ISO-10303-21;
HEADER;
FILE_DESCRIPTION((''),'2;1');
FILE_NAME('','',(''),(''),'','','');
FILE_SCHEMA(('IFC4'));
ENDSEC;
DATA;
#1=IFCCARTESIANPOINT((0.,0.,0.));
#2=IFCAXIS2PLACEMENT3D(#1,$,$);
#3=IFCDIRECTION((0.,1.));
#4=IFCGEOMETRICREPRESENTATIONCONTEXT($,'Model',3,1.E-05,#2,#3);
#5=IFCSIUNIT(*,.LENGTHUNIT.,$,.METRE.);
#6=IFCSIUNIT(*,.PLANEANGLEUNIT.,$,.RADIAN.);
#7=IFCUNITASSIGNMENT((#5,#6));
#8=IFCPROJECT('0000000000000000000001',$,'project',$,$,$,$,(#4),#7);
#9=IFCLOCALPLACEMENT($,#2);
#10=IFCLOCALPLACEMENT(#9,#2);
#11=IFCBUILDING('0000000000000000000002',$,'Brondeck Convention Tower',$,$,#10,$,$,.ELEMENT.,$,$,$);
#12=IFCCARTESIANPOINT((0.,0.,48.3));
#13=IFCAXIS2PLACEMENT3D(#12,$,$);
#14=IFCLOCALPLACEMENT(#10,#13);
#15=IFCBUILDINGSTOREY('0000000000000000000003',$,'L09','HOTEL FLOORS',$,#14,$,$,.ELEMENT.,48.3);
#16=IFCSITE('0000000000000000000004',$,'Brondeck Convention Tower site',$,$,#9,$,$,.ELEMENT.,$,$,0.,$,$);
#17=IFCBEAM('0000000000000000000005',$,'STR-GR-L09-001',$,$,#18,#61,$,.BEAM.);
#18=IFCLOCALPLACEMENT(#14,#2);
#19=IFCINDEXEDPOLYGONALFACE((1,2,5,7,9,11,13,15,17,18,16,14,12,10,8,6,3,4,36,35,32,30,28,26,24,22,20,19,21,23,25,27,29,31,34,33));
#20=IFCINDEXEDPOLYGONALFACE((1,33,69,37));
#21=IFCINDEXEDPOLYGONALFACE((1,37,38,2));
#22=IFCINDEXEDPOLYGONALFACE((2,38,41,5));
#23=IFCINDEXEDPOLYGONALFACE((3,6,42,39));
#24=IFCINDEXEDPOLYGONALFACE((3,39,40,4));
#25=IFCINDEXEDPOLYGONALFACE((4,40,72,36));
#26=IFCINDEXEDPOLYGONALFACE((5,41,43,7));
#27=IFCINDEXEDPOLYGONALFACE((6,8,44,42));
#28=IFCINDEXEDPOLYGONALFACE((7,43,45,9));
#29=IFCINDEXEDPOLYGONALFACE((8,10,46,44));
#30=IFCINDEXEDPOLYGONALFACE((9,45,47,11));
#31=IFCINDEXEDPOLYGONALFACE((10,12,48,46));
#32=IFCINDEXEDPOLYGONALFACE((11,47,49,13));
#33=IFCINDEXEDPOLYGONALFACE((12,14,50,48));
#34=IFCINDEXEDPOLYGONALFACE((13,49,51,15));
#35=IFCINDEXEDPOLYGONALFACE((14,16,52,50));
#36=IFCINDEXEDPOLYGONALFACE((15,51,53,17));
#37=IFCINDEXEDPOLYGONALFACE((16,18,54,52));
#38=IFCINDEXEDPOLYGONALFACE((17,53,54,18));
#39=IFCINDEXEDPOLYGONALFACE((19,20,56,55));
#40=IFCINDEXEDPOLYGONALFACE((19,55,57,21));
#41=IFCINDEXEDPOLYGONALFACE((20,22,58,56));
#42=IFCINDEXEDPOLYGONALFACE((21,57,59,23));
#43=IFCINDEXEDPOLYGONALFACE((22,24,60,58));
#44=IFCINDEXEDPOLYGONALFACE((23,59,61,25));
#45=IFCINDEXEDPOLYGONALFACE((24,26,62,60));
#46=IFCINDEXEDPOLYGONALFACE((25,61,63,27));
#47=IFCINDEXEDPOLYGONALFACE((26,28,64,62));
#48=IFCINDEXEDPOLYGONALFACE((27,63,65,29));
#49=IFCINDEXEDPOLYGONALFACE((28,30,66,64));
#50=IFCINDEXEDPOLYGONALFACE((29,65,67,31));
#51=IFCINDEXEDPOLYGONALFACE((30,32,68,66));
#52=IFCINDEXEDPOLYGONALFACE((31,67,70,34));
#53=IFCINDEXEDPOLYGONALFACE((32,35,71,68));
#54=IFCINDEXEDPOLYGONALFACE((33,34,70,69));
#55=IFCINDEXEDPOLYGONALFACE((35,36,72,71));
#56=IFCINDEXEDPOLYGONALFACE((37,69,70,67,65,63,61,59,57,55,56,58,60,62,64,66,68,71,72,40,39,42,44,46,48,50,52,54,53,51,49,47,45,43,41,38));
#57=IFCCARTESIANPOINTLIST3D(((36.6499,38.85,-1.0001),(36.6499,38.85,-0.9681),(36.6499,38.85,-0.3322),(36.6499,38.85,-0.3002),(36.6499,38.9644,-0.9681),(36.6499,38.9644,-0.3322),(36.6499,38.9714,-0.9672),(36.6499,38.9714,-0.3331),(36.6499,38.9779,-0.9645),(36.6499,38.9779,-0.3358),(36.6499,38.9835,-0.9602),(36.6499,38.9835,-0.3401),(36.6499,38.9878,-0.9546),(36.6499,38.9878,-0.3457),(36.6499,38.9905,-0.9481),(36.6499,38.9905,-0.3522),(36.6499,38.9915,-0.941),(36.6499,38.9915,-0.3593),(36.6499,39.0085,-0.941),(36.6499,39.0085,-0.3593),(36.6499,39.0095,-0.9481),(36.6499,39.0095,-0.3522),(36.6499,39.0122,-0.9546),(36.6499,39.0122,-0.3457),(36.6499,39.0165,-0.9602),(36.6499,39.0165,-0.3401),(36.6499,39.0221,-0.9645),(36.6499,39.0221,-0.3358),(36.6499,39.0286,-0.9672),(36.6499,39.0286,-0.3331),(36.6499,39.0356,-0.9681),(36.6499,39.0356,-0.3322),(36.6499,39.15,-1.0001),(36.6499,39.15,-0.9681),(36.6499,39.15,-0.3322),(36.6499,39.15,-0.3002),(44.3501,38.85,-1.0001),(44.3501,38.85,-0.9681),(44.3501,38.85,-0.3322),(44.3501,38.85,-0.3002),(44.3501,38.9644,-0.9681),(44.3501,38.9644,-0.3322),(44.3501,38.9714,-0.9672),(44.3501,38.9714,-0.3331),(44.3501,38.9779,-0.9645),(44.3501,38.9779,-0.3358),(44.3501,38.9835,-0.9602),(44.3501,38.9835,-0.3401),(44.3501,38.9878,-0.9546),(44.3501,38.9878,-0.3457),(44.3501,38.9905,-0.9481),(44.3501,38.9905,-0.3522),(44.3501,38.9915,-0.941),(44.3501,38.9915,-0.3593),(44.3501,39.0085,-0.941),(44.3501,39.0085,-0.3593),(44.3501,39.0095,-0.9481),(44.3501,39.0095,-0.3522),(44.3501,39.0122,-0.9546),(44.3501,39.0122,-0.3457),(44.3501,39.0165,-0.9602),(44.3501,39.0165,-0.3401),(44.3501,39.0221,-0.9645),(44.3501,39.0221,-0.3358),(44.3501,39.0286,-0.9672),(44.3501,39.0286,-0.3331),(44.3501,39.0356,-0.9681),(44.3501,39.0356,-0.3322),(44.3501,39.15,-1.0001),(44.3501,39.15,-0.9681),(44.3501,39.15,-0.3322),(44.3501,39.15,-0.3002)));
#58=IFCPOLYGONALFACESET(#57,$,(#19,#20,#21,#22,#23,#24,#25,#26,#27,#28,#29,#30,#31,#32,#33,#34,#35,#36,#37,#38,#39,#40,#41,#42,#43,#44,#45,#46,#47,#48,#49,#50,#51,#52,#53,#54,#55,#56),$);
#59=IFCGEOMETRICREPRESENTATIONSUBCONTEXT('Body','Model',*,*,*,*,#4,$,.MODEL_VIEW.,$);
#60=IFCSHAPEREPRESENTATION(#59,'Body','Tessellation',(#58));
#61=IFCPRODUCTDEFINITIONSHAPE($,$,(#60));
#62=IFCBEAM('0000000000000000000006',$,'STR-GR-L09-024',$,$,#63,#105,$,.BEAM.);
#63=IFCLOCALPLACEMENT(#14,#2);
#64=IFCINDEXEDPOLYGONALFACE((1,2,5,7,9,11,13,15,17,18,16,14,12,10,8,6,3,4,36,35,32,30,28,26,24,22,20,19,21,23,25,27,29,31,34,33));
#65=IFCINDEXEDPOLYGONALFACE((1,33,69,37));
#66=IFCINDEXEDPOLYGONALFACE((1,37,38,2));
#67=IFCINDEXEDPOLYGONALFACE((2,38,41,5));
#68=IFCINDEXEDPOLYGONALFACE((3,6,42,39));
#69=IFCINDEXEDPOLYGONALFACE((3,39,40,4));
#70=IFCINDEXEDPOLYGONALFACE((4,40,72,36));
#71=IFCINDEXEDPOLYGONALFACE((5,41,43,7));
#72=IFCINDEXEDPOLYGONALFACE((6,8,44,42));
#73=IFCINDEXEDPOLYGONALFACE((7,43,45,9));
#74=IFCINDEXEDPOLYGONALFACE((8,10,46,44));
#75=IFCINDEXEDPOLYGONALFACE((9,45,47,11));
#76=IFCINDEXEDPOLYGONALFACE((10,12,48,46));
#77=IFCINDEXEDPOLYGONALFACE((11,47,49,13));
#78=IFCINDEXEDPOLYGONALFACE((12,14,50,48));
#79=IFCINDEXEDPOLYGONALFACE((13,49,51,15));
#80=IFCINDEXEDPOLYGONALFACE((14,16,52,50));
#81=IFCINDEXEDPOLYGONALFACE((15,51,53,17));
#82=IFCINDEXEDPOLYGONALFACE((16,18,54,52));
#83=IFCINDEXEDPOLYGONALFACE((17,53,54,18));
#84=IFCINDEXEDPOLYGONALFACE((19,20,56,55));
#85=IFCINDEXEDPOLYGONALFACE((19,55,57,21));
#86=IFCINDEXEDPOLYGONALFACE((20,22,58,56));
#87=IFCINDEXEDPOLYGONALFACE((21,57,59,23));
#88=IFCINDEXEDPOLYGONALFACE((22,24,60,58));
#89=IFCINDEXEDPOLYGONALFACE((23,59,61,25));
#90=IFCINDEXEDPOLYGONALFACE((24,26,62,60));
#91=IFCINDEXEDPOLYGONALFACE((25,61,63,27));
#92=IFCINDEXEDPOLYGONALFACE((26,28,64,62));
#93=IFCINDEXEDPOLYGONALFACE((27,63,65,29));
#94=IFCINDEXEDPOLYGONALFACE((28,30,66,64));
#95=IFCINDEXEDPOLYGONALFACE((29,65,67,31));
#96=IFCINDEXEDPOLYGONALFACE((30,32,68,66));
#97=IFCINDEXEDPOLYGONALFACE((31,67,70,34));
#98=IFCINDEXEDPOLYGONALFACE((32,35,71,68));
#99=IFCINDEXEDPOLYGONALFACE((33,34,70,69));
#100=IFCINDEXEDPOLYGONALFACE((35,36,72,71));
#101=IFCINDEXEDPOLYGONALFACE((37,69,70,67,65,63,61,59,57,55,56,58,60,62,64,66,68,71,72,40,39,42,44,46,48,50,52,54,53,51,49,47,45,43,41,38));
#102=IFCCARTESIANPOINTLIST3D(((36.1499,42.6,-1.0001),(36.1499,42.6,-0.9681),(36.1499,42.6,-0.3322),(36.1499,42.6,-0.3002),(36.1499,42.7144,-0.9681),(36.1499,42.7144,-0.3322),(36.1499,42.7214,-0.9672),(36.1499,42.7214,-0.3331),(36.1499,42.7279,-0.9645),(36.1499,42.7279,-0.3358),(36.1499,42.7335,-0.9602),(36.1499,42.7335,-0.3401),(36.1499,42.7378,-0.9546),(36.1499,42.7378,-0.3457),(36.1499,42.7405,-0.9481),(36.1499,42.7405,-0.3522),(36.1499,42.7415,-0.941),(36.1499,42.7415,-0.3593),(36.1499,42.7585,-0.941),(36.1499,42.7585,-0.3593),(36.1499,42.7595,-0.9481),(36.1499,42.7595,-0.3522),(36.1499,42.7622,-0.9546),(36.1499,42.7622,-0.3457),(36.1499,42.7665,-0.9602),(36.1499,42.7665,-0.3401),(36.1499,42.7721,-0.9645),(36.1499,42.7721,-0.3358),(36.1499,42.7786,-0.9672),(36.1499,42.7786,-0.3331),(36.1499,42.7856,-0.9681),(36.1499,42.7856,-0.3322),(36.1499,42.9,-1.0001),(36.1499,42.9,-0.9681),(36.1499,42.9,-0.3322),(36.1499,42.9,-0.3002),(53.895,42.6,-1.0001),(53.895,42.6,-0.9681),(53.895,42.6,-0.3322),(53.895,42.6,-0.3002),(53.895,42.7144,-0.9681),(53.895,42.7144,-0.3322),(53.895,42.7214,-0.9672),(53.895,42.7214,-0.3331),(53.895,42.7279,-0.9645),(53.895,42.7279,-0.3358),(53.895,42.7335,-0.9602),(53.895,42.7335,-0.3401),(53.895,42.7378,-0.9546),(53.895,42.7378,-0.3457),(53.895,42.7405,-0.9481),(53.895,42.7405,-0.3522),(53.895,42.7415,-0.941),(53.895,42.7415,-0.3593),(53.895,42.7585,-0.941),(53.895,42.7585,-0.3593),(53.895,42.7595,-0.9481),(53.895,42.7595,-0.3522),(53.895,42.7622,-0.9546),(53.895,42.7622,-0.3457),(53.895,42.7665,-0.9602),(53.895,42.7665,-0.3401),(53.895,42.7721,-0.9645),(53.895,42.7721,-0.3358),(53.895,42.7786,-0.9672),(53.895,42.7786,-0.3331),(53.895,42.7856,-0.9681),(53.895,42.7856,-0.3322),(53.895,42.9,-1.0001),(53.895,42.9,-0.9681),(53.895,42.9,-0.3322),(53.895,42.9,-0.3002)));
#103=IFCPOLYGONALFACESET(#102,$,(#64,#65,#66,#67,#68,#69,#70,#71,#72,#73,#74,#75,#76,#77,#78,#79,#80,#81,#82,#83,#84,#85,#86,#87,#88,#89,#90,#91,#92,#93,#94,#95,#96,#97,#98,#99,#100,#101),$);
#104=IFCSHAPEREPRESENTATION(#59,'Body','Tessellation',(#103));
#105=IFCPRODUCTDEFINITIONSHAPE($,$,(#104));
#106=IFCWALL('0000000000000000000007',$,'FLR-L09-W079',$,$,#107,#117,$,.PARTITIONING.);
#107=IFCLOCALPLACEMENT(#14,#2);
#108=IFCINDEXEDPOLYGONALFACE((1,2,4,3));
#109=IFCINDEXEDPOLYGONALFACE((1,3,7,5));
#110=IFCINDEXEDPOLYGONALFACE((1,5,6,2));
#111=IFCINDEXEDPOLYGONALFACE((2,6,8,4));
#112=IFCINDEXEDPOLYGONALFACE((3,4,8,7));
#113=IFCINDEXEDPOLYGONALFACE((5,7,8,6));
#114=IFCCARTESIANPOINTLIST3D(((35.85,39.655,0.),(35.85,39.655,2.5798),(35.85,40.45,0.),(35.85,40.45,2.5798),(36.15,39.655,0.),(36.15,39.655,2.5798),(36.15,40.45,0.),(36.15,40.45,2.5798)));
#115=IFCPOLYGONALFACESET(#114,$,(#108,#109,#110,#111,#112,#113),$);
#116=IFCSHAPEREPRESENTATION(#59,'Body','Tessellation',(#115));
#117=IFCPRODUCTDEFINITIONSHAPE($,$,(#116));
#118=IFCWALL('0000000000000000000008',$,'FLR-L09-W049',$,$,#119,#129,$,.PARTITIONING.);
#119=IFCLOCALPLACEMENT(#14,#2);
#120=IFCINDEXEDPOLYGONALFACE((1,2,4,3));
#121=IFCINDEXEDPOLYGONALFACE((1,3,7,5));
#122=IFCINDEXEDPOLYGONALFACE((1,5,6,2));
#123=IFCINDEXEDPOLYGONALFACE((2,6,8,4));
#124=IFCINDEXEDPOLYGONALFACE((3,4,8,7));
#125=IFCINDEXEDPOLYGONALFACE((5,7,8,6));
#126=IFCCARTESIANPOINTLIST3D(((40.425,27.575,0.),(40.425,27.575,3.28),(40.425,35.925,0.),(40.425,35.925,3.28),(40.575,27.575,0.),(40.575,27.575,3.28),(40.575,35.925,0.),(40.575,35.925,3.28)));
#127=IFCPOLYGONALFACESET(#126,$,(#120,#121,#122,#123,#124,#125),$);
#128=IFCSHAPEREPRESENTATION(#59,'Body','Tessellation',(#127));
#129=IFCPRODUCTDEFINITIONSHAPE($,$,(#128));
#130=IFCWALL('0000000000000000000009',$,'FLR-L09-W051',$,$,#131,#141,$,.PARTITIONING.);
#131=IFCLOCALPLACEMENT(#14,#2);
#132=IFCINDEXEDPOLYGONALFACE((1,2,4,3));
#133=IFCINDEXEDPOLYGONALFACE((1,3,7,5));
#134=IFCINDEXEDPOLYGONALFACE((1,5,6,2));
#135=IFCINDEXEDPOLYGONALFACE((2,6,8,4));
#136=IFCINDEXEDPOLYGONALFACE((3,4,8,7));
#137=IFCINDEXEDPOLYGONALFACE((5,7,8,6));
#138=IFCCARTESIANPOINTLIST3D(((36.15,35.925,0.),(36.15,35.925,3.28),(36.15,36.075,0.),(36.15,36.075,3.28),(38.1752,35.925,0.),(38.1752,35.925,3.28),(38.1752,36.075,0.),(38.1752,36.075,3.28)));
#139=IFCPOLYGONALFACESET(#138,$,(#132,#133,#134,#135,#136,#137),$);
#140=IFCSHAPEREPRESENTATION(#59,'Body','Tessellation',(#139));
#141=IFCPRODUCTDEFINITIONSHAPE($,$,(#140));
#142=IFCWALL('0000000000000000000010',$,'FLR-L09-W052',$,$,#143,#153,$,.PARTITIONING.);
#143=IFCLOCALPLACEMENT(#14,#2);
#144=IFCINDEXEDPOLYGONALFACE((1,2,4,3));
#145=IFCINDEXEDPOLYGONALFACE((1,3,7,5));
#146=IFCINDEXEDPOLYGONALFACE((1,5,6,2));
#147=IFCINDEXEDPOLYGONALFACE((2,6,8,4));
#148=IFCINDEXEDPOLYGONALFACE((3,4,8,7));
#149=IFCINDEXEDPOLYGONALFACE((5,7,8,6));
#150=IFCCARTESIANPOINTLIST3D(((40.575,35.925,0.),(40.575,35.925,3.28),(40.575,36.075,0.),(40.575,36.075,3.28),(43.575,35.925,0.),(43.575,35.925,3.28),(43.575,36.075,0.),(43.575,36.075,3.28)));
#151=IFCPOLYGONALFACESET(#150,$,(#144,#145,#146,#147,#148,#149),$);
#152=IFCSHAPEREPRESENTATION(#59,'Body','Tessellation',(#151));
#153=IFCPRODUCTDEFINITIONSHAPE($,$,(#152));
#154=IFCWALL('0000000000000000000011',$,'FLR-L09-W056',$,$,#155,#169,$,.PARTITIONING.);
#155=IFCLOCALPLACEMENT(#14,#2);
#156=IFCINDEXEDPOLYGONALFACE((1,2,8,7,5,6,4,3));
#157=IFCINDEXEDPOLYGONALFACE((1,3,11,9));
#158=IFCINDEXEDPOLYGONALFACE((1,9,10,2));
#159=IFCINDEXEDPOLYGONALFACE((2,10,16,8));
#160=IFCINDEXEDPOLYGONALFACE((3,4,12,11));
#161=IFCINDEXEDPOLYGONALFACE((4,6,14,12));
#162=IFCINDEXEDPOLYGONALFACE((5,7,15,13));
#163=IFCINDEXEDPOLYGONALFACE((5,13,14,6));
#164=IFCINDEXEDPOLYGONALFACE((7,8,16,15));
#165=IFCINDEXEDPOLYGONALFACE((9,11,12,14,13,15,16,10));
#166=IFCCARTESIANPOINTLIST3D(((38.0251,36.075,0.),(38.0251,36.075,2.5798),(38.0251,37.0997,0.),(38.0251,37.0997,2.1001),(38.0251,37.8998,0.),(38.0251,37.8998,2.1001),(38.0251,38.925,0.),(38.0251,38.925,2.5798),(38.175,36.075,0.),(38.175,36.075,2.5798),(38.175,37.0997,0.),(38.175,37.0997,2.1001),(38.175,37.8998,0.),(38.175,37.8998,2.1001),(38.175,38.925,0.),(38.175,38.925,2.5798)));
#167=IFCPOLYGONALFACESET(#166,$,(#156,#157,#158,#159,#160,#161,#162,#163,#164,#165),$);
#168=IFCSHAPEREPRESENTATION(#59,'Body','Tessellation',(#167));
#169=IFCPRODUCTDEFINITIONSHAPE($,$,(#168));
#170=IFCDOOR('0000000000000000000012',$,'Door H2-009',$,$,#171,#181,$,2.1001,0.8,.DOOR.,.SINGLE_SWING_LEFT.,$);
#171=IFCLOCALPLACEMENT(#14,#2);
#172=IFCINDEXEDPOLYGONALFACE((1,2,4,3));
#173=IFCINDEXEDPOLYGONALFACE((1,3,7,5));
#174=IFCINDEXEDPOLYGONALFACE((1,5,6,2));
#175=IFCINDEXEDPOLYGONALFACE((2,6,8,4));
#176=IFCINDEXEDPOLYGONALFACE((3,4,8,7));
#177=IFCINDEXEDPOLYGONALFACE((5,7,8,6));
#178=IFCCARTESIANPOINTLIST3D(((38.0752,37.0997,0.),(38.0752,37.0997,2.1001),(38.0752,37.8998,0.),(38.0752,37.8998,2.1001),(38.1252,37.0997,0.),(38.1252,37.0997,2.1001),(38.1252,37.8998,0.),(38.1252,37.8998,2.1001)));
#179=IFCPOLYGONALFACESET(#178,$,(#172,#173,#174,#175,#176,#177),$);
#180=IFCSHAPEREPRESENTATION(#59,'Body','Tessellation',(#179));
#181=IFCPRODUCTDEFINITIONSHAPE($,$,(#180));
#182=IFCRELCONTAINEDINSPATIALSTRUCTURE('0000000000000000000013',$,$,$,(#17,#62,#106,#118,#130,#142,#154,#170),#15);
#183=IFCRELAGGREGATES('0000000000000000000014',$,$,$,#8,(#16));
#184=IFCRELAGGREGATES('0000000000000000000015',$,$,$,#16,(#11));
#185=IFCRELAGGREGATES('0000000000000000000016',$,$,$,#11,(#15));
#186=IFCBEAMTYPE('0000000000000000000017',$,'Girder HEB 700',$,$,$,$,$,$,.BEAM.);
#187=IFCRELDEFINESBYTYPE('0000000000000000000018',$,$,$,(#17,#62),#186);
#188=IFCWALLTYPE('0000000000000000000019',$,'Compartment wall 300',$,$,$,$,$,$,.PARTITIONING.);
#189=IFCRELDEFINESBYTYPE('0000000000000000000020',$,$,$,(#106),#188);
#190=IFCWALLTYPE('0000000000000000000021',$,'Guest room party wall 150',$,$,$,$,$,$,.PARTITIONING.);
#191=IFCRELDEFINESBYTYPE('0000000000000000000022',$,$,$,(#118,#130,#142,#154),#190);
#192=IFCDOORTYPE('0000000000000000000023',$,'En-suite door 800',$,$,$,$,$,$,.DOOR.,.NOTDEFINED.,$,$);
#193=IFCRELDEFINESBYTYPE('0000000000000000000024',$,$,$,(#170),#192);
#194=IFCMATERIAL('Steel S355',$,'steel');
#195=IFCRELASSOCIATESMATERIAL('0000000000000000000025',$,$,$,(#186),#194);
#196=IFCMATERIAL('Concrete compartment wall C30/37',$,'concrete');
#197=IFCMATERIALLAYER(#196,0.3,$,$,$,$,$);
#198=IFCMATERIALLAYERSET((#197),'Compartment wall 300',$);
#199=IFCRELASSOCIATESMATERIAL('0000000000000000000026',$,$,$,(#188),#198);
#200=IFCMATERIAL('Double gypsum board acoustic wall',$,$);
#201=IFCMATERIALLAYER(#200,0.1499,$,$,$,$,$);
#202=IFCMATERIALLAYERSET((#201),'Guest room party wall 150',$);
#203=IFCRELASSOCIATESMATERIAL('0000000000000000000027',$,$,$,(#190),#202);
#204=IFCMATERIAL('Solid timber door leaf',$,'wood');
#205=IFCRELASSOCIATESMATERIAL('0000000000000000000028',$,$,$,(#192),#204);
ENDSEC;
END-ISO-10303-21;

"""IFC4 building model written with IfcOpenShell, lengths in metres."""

from ifc_helpers import new_model, si_unit, direction, frame, frame_2d, origin, origin_2d, place, context, subcontext, project, spatial, rectangle, i_section, extrude, material, layer, layer_set, material_profile, profile_set, type_object, element, fill, save


model = new_model("IFC4")

# Units and contexts
model_context = context("Model", 3, precision=1e-05, world=origin(), true_north=direction((0.0, 1.0)))
body_context = subcontext(model_context, "Body", "Model", "MODEL_VIEW")
ifc_project = project(units=[si_unit("LENGTHUNIT", "METRE"), si_unit("PLANEANGLEUNIT", "RADIAN")], contexts=[model_context])

# Site, building, storey
site_placement = place(None, origin())
site = spatial("IfcSite", under=ifc_project, at=site_placement, Name="Brondeck Convention Tower site", CompositionType="ELEMENT", RefElevation=0.0)
building_placement = place(site_placement, origin())
building = spatial("IfcBuilding", under=site, at=building_placement, Name="Brondeck Convention Tower", CompositionType="ELEMENT")
storey_placement = place(building_placement, frame((0.0, 0.0, 48.3)))
storey = spatial("IfcBuildingStorey", under=building, at=storey_placement, Name="L09", Description="HOTEL FLOORS", CompositionType="ELEMENT", Elevation=48.3)

# Beams
ifc_material_1 = material(Name="Steel S355", Category="steel")
ifc_material_profile = material_profile(ifc_material_1, i_section(OverallWidth=0.3, OverallDepth=0.7, WebThickness=0.0171, FlangeThickness=0.032, FilletRadius=0.0271, at=origin_2d()), Name="HEB 700")
ifc_profile_set = profile_set([ifc_material_profile], Name="Steel S355")
beam_type = type_object("IfcBeamType", Name="Girder HEB 700", PredefinedType="BEAM", material=ifc_profile_set)
beam_1_placement = place(storey_placement, frame((36.6499, 39.0, -0.6501), z_axis=(1.0, 0.0, 0.0), x_axis=(0.0, 1.0, 0.0)))
element("IfcBeam", 1, at=beam_1_placement, inside=storey, type_object=beam_type, Name="STR-GR-L09-001", PredefinedType="BEAM", context=body_context, shape_type="SweptSolid", body=[
    extrude(i_section(OverallWidth=0.3, OverallDepth=0.7, WebThickness=0.0171, FlangeThickness=0.032, FilletRadius=0.0271, at=origin_2d()), origin(), (0.0, 0.0, 1.0), 7.7002),
])
beam_2_placement = place(storey_placement, frame((36.1499, 42.75, -0.6501), z_axis=(1.0, 0.0, 0.0), x_axis=(0.0, 1.0, 0.0)))
element("IfcBeam", 2, at=beam_2_placement, inside=storey, type_object=beam_type, Name="STR-GR-L09-024", PredefinedType="BEAM", context=body_context, shape_type="SweptSolid", body=[
    extrude(i_section(OverallWidth=0.3, OverallDepth=0.7, WebThickness=0.0171, FlangeThickness=0.032, FilletRadius=0.0271, at=origin_2d()), origin(), (0.0, 0.0, 1.0), 17.7451),
])

# Walls
ifc_material_2 = material(Name="Concrete compartment wall C30/37", Category="concrete")
ifc_layer_1 = layer(ifc_material_2, 0.3)
ifc_layer_set_1 = layer_set([ifc_layer_1], Name="Compartment wall 300")
wall_type_1 = type_object("IfcWallType", Name="Compartment wall 300", PredefinedType="PARTITIONING", material=ifc_layer_set_1)
wall_1_placement = place(storey_placement, frame((36.0, 40.45, 0.0), z_axis=(0.0, 0.0, 1.0), x_axis=(0.0, -1.0, 0.0)))
element("IfcWall", 3, at=wall_1_placement, inside=storey, type_object=wall_type_1, Name="FLR-L09-W079", PredefinedType="PARTITIONING", context=body_context, shape_type="SweptSolid", body=[
    extrude(rectangle(XDim=0.7949, YDim=0.3, at=frame_2d((0.3975, 0.0))), origin(), (0.0, 0.0, 1.0), 2.5798),
])
ifc_material_3 = material(Name="Double gypsum board acoustic wall")
ifc_layer_2 = layer(ifc_material_3, 0.1499)
ifc_layer_set_2 = layer_set([ifc_layer_2], Name="Guest room party wall 150")
wall_type_2 = type_object("IfcWallType", Name="Guest room party wall 150", PredefinedType="PARTITIONING", material=ifc_layer_set_2)
wall_2_placement = place(storey_placement, frame((40.5, 35.925, 0.0), z_axis=(0.0, 0.0, 1.0), x_axis=(0.0, -1.0, 0.0)))
element("IfcWall", 4, at=wall_2_placement, inside=storey, type_object=wall_type_2, Name="FLR-L09-W049", PredefinedType="PARTITIONING", context=body_context, shape_type="SweptSolid", body=[
    extrude(rectangle(XDim=8.3501, YDim=0.1499, at=frame_2d((4.175, 0.0))), origin(), (0.0, 0.0, 1.0), 3.28),
])
wall_3_placement = place(storey_placement, frame((36.1499, 36.0, 0.0), z_axis=(0.0, 0.0, 1.0), x_axis=(1.0, 0.0, 0.0)))
element("IfcWall", 5, at=wall_3_placement, inside=storey, type_object=wall_type_2, Name="FLR-L09-W051", PredefinedType="PARTITIONING", context=body_context, shape_type="SweptSolid", body=[
    extrude(rectangle(XDim=2.0251, YDim=0.1499, at=frame_2d((1.0127, 0.0))), origin(), (0.0, 0.0, 1.0), 3.28),
])
wall_4_placement = place(storey_placement, frame((40.575, 36.0, 0.0), z_axis=(0.0, 0.0, 1.0), x_axis=(1.0, 0.0, 0.0)))
element("IfcWall", 6, at=wall_4_placement, inside=storey, type_object=wall_type_2, Name="FLR-L09-W052", PredefinedType="PARTITIONING", context=body_context, shape_type="SweptSolid", body=[
    extrude(rectangle(XDim=3.0, YDim=0.1499, at=frame_2d((1.5, 0.0))), origin(), (0.0, 0.0, 1.0), 3.28),
])

# Wall, opening, door
wall_5_placement = place(storey_placement, frame((38.1001, 36.075, 0.0), z_axis=(0.0, 0.0, 1.0), x_axis=(0.0, 1.0, 0.0)))
wall_5 = element("IfcWall", 7, at=wall_5_placement, inside=storey, type_object=wall_type_2, Name="FLR-L09-W056", PredefinedType="PARTITIONING", context=body_context, shape_type="SweptSolid", body=[
    extrude(rectangle(XDim=2.8501, YDim=0.1499, at=frame_2d((1.425, 0.0))), origin(), (0.0, 0.0, 1.0), 2.5798),
])
opening_1_placement = place(wall_5_placement, frame((1.0249, 0.0, 0.0)))
opening_1 = element("IfcOpeningElement", 8, at=opening_1_placement, cuts=wall_5, PredefinedType="OPENING", context=body_context, shape_type="SweptSolid", body=[
    extrude(rectangle(XDim=0.8, YDim=2.1001, at=frame_2d((0.3999, 1.05))), frame((0.0, 0.085, 0.0), z_axis=(0.0, -1.0, 0.0), x_axis=(1.0, 0.0, 0.0)), (0.0, 0.0, 1.0), 0.1699),
])
ifc_material_4 = material(Name="Solid timber door leaf", Category="wood")
door_type_1 = type_object("IfcDoorType", Name="En-suite door 800", OperationType="NOTDEFINED", PredefinedType="DOOR", material=ifc_material_4)
door_1_placement = place(opening_1_placement, origin())
door_1 = element("IfcDoor", 9, at=door_1_placement, inside=storey, type_object=door_type_1, Name="Door H2-009", OperationType="SINGLE_SWING_LEFT", OverallHeight=2.1001, OverallWidth=0.8, PredefinedType="DOOR", context=body_context, shape_type="SweptSolid", body=[
    extrude(rectangle(XDim=0.8, YDim=2.1001, at=frame_2d((0.3999, 1.05))), frame((0.0, 0.0249, 0.0), z_axis=(0.0, -1.0, 0.0), x_axis=(1.0, 0.0, 0.0)), (0.0, 0.0, 1.0), 0.05),
])
fill(opening_1, door_1)

save(model, "model.ifc")
